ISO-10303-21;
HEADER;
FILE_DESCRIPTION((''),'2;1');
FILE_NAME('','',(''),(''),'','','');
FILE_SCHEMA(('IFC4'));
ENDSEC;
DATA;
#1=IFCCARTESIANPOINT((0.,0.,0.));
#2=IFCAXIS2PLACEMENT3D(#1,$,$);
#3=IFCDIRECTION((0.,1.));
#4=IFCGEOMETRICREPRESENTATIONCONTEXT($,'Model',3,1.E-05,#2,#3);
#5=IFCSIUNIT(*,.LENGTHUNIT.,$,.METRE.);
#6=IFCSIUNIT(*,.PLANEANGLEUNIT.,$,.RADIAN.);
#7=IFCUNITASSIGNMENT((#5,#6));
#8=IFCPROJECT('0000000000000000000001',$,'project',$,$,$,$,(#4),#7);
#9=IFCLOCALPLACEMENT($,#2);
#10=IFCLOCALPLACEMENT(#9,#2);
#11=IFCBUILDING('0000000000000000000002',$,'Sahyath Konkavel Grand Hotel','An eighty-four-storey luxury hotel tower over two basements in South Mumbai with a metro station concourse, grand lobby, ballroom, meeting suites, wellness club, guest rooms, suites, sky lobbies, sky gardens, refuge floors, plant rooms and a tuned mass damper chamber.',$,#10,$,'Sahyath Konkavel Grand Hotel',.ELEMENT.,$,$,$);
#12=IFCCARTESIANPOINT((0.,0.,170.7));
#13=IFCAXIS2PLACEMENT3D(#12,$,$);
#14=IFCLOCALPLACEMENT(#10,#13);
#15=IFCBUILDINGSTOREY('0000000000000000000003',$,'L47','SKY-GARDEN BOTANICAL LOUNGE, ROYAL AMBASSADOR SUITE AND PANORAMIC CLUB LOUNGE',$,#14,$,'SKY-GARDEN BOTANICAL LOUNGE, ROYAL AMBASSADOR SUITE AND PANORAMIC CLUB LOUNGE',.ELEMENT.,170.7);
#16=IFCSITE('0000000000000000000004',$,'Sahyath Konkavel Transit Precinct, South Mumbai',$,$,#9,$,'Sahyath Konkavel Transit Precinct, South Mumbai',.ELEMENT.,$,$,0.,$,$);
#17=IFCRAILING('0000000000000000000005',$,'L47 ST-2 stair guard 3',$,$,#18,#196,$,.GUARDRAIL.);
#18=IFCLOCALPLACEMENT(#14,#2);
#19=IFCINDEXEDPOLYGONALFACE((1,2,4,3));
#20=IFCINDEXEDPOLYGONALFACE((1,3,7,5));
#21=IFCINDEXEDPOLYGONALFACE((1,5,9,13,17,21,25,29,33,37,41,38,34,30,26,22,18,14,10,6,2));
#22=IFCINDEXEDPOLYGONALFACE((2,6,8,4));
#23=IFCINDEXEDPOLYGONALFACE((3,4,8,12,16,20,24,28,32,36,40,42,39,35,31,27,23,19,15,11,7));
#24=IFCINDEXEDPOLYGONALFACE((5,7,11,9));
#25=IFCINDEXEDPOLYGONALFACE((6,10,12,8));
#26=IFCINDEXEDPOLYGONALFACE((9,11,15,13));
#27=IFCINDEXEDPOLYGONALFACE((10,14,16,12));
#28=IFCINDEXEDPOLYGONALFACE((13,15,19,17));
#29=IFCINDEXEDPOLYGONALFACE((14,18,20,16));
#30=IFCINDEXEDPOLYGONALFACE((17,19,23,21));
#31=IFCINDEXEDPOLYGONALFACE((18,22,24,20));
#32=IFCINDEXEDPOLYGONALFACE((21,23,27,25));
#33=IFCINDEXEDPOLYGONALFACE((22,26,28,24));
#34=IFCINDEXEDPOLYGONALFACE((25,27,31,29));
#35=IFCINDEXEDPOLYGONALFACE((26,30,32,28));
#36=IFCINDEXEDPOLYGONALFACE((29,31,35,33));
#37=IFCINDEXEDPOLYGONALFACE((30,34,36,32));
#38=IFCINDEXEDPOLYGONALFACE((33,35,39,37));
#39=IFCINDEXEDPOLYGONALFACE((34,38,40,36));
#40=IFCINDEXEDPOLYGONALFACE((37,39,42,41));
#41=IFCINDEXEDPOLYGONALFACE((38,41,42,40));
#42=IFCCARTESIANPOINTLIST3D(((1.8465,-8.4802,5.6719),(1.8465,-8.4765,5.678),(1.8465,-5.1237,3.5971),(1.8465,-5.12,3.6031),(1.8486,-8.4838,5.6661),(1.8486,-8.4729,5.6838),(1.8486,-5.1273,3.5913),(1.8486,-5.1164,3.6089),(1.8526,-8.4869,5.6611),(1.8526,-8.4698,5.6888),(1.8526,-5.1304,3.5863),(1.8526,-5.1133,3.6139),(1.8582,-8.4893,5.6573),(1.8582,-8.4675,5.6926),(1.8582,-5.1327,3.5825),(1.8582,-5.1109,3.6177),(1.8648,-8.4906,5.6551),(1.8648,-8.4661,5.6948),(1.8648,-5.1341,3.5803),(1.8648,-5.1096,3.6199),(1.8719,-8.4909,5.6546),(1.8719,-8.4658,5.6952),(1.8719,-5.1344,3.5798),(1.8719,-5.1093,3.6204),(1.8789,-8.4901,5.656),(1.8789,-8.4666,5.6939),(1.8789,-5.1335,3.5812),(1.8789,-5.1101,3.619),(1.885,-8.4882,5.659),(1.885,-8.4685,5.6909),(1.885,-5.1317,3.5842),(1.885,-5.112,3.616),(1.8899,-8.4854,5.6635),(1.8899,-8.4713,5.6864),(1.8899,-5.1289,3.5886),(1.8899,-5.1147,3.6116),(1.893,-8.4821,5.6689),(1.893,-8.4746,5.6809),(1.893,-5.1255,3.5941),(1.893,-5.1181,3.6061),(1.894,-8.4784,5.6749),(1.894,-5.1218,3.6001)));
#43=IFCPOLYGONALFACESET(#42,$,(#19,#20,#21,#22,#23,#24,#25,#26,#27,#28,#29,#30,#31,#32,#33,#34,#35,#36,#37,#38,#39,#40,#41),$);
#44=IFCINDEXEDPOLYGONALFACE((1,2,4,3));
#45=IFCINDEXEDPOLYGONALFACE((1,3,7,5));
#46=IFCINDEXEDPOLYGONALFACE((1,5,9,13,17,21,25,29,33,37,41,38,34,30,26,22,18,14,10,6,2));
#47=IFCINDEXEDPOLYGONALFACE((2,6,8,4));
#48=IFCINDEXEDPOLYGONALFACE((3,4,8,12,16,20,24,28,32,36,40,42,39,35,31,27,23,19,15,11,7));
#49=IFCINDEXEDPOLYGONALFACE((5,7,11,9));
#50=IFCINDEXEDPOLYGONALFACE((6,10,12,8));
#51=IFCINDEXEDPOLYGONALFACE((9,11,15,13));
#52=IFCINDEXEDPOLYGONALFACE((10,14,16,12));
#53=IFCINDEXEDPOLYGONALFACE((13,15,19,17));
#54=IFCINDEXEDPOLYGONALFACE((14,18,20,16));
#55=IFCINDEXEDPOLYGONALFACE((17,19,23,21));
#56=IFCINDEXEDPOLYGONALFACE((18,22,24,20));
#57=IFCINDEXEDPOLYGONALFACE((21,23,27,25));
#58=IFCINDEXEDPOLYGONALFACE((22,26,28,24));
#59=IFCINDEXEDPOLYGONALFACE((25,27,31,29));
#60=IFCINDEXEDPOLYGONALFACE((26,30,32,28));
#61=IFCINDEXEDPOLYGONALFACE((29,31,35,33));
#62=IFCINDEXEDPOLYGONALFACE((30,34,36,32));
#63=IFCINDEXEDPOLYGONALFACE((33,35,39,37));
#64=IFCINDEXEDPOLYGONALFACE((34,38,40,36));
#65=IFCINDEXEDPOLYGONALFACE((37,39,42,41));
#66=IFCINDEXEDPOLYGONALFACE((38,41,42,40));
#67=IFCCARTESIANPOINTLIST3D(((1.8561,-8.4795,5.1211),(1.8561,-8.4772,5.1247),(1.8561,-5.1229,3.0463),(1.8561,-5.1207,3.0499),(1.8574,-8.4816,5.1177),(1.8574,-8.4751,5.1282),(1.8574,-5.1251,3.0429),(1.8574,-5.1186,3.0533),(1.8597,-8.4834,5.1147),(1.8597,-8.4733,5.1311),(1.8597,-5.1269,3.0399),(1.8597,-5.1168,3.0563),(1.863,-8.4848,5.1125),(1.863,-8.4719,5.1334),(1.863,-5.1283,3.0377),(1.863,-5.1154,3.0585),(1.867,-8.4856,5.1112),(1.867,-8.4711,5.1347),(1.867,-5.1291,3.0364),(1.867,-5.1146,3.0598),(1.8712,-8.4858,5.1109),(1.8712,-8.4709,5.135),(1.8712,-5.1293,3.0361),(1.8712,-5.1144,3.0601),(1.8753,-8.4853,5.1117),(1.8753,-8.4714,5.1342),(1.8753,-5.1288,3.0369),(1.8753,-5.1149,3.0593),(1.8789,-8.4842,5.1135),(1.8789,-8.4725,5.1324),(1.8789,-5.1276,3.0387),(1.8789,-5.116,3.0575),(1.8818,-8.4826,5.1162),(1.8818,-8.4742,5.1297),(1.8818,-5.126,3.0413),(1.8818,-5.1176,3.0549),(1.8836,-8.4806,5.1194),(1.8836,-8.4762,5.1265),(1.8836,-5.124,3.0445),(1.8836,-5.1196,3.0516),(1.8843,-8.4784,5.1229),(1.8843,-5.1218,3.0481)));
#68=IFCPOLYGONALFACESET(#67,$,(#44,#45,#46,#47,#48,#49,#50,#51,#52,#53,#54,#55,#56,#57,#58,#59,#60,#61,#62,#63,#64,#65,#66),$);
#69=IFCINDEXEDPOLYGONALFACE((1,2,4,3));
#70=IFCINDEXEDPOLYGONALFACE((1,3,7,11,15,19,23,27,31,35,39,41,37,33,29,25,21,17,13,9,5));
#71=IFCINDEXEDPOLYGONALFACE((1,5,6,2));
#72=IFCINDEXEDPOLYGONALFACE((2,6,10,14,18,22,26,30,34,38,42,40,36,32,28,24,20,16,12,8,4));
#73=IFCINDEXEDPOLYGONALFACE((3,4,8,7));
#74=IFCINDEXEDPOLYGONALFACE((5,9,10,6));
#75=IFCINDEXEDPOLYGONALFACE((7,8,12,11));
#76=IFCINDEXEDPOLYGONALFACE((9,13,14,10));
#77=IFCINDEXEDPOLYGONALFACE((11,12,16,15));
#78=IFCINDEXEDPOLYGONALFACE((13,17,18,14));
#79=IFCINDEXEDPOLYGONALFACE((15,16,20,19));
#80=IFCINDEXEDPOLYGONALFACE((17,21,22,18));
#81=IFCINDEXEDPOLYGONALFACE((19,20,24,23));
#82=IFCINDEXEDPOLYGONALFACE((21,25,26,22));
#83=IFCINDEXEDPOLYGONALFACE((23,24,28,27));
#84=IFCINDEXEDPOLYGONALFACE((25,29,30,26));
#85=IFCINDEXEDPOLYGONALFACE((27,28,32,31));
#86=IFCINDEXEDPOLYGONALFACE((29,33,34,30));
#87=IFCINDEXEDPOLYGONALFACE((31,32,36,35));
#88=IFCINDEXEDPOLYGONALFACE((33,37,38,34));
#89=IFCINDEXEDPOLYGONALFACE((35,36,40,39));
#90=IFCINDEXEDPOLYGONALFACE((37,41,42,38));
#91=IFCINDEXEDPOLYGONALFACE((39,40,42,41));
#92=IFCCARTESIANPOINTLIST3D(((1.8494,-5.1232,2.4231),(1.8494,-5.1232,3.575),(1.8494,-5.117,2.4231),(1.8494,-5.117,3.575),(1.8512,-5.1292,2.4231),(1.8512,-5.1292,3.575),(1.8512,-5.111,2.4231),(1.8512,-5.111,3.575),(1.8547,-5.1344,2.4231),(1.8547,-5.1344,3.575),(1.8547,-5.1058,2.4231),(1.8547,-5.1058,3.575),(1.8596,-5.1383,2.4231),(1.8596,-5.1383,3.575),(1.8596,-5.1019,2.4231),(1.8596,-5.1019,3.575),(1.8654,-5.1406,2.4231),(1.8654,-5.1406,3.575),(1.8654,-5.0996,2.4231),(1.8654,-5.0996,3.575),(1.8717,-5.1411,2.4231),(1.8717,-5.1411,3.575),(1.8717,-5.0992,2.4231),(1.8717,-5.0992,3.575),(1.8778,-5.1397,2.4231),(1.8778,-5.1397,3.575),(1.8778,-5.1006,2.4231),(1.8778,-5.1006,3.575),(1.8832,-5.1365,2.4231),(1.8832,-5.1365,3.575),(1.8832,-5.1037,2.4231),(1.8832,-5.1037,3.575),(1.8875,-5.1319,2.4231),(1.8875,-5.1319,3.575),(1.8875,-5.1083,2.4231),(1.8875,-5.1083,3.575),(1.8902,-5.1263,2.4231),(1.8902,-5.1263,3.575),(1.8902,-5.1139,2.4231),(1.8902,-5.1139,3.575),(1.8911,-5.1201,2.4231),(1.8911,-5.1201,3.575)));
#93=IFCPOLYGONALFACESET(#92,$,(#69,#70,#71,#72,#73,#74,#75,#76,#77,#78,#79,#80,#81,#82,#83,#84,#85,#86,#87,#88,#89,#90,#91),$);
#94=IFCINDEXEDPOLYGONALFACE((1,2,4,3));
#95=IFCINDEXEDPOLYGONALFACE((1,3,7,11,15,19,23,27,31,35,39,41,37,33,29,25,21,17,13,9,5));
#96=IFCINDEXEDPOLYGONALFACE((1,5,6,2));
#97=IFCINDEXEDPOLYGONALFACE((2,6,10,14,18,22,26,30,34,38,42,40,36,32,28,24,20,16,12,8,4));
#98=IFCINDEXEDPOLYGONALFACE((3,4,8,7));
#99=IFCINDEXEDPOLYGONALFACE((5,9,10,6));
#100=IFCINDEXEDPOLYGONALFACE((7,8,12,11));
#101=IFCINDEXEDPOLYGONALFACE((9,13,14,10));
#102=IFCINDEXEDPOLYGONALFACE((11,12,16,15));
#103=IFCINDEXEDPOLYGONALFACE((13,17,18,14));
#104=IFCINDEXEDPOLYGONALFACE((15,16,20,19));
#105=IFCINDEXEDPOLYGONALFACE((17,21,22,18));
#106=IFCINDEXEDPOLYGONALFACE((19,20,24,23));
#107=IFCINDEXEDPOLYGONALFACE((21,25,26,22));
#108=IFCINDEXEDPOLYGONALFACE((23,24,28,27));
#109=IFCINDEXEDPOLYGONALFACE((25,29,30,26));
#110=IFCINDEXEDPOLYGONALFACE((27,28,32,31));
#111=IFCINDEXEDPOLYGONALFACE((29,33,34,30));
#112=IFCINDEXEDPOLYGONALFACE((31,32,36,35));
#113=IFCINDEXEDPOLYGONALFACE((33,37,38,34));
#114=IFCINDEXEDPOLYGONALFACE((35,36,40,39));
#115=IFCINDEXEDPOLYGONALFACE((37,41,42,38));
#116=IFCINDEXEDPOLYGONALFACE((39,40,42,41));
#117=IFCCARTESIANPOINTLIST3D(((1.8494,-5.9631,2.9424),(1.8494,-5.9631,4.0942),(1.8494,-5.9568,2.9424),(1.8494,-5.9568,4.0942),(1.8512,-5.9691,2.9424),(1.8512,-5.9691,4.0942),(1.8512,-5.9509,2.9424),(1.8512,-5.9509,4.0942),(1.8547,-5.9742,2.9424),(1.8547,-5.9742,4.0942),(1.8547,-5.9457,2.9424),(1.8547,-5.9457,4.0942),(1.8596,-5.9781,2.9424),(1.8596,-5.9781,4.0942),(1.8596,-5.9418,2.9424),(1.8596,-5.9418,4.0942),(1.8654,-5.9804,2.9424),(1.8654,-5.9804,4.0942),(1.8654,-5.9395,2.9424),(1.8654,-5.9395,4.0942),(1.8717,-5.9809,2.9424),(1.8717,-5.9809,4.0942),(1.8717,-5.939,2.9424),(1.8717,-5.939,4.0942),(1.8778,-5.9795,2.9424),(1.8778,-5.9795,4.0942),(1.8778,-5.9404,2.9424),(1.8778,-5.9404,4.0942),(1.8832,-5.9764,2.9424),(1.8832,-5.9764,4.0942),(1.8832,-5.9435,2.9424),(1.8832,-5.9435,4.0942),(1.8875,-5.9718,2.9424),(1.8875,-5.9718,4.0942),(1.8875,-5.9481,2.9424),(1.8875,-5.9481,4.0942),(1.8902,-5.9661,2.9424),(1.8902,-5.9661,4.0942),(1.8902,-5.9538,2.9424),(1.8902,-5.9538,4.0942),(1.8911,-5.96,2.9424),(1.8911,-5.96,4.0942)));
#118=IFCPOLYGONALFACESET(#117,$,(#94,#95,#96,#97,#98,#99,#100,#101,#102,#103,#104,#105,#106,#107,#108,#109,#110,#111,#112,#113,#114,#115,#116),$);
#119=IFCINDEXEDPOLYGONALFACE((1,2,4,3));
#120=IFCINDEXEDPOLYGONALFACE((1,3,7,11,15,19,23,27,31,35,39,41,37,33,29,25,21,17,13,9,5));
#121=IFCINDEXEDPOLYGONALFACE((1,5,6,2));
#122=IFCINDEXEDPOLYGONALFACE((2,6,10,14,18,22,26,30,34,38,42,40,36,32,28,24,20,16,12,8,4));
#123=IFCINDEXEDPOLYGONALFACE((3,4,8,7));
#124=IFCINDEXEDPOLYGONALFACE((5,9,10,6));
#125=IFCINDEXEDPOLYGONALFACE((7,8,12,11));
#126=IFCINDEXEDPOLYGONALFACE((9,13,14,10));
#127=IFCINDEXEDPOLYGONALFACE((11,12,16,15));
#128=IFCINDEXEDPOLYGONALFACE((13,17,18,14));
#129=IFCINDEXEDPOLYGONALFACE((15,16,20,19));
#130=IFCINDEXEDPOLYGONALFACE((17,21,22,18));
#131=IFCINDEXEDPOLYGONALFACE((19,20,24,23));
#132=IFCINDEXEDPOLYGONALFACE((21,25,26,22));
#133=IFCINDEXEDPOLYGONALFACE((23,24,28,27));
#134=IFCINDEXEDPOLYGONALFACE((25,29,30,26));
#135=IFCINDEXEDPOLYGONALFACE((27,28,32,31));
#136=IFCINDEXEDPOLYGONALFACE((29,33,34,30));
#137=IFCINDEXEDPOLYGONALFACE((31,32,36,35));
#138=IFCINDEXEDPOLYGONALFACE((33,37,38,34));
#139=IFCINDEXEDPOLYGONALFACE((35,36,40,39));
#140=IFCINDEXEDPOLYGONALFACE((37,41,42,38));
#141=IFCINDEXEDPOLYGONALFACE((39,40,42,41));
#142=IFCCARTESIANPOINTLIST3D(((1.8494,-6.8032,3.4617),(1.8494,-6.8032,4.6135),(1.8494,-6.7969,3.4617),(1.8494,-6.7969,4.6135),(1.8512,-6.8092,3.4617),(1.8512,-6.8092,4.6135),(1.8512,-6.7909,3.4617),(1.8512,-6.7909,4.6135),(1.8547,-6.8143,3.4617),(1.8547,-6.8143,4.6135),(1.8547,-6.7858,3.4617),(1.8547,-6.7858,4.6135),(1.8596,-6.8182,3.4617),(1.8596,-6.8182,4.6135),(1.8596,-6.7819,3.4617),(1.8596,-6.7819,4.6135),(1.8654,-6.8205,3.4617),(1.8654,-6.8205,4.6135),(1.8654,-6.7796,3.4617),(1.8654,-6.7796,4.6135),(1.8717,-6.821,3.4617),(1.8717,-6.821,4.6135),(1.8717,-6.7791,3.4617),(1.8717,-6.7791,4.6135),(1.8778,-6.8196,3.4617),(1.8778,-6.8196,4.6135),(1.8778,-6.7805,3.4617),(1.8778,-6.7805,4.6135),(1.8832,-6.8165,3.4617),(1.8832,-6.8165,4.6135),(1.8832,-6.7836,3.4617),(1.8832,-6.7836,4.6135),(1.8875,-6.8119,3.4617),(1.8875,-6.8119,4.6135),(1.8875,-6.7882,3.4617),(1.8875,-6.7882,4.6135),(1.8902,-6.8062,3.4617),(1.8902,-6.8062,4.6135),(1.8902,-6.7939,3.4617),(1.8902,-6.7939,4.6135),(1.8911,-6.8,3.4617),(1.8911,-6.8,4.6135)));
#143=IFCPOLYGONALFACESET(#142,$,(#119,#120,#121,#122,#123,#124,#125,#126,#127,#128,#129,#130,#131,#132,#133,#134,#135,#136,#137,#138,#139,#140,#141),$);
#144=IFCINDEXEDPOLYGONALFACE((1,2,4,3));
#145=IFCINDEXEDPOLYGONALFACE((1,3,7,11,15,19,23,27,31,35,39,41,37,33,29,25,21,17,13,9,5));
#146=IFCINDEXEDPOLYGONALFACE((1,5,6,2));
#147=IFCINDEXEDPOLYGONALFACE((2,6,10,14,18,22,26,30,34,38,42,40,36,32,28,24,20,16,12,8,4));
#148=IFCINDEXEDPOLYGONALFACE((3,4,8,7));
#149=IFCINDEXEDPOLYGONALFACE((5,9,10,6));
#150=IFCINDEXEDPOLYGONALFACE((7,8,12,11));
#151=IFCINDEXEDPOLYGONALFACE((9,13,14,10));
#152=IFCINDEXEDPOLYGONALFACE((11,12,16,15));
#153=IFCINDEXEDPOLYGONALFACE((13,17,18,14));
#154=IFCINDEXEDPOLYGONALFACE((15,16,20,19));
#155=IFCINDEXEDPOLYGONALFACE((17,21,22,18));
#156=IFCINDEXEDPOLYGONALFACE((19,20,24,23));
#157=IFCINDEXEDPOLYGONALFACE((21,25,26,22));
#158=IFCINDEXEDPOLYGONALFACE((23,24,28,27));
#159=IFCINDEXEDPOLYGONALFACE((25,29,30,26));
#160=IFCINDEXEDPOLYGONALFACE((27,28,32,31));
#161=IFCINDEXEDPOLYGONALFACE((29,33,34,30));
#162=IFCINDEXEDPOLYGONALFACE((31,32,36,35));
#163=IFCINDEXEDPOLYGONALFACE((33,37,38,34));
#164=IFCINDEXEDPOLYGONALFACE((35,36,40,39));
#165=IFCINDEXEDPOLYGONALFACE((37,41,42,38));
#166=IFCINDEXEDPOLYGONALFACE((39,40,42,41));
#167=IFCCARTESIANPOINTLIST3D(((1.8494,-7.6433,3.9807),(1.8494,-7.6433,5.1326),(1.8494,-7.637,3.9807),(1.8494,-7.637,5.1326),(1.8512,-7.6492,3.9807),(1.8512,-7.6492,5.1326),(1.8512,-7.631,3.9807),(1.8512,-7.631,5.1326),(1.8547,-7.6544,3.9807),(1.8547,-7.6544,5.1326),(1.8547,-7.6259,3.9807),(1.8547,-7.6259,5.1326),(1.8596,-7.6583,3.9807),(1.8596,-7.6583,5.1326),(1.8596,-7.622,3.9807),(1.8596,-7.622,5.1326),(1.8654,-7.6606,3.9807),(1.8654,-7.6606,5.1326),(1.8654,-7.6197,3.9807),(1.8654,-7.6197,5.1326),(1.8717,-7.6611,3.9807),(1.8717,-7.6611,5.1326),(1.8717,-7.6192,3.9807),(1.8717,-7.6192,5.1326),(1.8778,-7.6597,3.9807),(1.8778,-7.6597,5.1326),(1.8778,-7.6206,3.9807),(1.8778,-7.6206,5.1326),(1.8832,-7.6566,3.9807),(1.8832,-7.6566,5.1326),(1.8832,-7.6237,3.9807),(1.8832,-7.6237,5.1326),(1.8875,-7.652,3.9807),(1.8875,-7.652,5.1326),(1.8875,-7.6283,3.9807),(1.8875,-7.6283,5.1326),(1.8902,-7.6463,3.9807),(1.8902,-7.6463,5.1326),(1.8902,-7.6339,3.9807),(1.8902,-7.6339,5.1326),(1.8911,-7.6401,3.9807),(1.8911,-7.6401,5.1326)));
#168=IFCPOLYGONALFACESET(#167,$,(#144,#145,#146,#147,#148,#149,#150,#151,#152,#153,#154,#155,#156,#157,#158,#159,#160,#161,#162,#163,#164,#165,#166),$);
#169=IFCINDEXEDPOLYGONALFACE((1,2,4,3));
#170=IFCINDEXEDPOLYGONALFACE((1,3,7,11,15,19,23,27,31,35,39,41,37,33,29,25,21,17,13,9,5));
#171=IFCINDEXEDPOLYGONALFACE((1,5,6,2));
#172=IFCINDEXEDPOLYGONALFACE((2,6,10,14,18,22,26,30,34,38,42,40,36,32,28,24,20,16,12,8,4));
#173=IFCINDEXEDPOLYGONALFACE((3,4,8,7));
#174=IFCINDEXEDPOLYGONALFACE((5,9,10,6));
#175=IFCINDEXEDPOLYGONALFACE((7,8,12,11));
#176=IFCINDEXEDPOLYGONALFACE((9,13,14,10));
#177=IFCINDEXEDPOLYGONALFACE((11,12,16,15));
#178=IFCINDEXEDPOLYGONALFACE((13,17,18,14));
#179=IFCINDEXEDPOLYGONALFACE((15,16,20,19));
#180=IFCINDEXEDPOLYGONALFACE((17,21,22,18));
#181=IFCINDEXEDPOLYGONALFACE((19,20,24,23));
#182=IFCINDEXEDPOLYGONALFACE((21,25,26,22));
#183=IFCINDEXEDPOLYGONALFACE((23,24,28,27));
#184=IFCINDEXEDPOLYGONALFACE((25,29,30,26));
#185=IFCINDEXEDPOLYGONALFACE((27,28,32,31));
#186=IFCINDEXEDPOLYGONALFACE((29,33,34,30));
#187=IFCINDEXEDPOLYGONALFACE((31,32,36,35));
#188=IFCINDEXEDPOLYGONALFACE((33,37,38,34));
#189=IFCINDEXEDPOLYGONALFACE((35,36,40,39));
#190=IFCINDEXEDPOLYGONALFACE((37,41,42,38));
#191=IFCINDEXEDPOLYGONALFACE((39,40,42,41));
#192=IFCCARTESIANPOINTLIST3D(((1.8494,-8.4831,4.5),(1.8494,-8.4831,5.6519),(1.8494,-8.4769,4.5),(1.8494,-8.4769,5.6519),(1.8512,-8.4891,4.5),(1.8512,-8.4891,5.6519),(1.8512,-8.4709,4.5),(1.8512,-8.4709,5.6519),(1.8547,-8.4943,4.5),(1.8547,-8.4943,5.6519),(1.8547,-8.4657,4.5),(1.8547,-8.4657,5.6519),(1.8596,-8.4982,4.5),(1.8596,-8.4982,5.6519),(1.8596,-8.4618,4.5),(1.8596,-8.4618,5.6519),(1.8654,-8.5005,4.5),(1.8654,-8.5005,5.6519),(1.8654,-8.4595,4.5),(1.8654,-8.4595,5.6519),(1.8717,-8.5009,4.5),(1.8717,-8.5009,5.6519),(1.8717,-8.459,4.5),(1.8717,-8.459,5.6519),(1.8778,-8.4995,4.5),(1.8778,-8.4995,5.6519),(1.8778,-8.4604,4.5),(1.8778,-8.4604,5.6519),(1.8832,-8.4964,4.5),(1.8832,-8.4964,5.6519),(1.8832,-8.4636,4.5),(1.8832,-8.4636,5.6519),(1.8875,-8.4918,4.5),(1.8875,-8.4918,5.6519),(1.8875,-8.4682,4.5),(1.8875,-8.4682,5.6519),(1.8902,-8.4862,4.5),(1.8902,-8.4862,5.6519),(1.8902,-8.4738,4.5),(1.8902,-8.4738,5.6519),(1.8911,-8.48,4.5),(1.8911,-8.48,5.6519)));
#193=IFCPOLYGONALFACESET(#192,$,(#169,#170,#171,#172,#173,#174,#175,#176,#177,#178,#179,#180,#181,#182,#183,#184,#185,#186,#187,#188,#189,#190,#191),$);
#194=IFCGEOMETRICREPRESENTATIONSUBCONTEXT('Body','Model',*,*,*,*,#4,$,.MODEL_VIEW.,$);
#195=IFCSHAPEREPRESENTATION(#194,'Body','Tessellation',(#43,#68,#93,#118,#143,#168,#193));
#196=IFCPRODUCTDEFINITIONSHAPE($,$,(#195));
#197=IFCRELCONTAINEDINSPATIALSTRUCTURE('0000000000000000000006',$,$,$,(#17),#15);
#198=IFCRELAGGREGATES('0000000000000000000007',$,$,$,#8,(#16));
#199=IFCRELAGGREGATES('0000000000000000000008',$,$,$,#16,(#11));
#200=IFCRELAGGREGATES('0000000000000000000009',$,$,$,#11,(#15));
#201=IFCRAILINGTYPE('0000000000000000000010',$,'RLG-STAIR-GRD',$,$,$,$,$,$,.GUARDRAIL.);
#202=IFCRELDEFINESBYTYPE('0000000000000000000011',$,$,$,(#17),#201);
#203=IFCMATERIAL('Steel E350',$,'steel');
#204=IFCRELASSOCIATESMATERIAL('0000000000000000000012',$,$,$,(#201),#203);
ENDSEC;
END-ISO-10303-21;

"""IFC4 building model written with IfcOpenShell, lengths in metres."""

from ifc_helpers import new_model, si_unit, direction, frame, origin, origin_2d, place, context, subcontext, project, spatial, circle, extrude, material, type_object, element, save


model = new_model("IFC4")

# Units and contexts
model_context = context("Model", 3, precision=1e-05, world=origin(), true_north=direction((0.0, 1.0)))
body_context = subcontext(model_context, "Body", "Model", "MODEL_VIEW")
ifc_project = project(units=[si_unit("LENGTHUNIT", "METRE"), si_unit("PLANEANGLEUNIT", "RADIAN")], contexts=[model_context])

# Site, building, storey
site_placement = place(None, origin())
site = spatial("IfcSite", under=ifc_project, at=site_placement, Name="Sahyath Konkavel Transit Precinct, South Mumbai", LongName="Sahyath Konkavel Transit Precinct, South Mumbai", CompositionType="ELEMENT", RefElevation=0.0)
building_placement = place(site_placement, origin())
building = spatial("IfcBuilding", under=site, at=building_placement, Name="Sahyath Konkavel Grand Hotel", Description="An eighty-four-storey luxury hotel tower over two basements in South Mumbai with a metro station concourse, grand lobby, ballroom, meeting suites, wellness club, guest rooms, suites, sky lobbies, sky gardens, refuge floors, plant rooms and a tuned mass damper chamber.", LongName="Sahyath Konkavel Grand Hotel", CompositionType="ELEMENT")
storey_placement = place(building_placement, frame((0.0, 0.0, 170.7)))
storey = spatial("IfcBuildingStorey", under=building, at=storey_placement, Name="L47", Description="SKY-GARDEN BOTANICAL LOUNGE, ROYAL AMBASSADOR SUITE AND PANORAMIC CLUB LOUNGE", LongName="SKY-GARDEN BOTANICAL LOUNGE, ROYAL AMBASSADOR SUITE AND PANORAMIC CLUB LOUNGE", CompositionType="ELEMENT", Elevation=170.7)

# Shared definitions
ifc_material_1 = material(Name="Steel E350", Category="steel")

# Railing
railing_type_1 = type_object("IfcRailingType", Name="RLG-STAIR-GRD", PredefinedType="GUARDRAIL", material=ifc_material_1)
railing_1_placement = place(storey_placement, frame((1.8701, -5.1201, 2.4231)))
element("IfcRailing", 1, at=railing_1_placement, inside=storey, type_object=railing_type_1, Name="L47 ST-2 stair guard 3", PredefinedType="GUARDRAIL", context=body_context, shape_type="SweptSolid", body=[
    extrude(circle(Radius=0.0239, at=origin_2d()), frame((0.0, -0.0017, 1.177), z_axis=(0.0, -0.850606, 0.525803), x_axis=(1.0, 0.0, 0.0)), (0.0, 0.0, 1.0), 3.946),
    extrude(circle(Radius=0.0142, at=origin_2d()), frame((0.0, -0.0017, 0.625), z_axis=(0.0, -0.850606, 0.525803), x_axis=(1.0, 0.0, 0.0)), (0.0, 0.0, 1.0), 3.946),
    extrude(circle(Radius=0.021, at=origin_2d()), origin(), (0.0, 0.0, 1.0), 1.1519),
    extrude(circle(Radius=0.021, at=origin_2d()), frame((0.0, -0.8398, 0.5193)), (0.0, 0.0, 1.0), 1.1519),
    extrude(circle(Radius=0.021, at=origin_2d()), frame((0.0, -1.6799, 1.0386)), (0.0, 0.0, 1.0), 1.1519),
    extrude(circle(Radius=0.021, at=origin_2d()), frame((0.0, -2.52, 1.5576)), (0.0, 0.0, 1.0), 1.1519),
    extrude(circle(Radius=0.021, at=origin_2d()), frame((0.0, -3.3599, 2.0769)), (0.0, 0.0, 1.0), 1.1519),
])

save(model, "model.ifc")
